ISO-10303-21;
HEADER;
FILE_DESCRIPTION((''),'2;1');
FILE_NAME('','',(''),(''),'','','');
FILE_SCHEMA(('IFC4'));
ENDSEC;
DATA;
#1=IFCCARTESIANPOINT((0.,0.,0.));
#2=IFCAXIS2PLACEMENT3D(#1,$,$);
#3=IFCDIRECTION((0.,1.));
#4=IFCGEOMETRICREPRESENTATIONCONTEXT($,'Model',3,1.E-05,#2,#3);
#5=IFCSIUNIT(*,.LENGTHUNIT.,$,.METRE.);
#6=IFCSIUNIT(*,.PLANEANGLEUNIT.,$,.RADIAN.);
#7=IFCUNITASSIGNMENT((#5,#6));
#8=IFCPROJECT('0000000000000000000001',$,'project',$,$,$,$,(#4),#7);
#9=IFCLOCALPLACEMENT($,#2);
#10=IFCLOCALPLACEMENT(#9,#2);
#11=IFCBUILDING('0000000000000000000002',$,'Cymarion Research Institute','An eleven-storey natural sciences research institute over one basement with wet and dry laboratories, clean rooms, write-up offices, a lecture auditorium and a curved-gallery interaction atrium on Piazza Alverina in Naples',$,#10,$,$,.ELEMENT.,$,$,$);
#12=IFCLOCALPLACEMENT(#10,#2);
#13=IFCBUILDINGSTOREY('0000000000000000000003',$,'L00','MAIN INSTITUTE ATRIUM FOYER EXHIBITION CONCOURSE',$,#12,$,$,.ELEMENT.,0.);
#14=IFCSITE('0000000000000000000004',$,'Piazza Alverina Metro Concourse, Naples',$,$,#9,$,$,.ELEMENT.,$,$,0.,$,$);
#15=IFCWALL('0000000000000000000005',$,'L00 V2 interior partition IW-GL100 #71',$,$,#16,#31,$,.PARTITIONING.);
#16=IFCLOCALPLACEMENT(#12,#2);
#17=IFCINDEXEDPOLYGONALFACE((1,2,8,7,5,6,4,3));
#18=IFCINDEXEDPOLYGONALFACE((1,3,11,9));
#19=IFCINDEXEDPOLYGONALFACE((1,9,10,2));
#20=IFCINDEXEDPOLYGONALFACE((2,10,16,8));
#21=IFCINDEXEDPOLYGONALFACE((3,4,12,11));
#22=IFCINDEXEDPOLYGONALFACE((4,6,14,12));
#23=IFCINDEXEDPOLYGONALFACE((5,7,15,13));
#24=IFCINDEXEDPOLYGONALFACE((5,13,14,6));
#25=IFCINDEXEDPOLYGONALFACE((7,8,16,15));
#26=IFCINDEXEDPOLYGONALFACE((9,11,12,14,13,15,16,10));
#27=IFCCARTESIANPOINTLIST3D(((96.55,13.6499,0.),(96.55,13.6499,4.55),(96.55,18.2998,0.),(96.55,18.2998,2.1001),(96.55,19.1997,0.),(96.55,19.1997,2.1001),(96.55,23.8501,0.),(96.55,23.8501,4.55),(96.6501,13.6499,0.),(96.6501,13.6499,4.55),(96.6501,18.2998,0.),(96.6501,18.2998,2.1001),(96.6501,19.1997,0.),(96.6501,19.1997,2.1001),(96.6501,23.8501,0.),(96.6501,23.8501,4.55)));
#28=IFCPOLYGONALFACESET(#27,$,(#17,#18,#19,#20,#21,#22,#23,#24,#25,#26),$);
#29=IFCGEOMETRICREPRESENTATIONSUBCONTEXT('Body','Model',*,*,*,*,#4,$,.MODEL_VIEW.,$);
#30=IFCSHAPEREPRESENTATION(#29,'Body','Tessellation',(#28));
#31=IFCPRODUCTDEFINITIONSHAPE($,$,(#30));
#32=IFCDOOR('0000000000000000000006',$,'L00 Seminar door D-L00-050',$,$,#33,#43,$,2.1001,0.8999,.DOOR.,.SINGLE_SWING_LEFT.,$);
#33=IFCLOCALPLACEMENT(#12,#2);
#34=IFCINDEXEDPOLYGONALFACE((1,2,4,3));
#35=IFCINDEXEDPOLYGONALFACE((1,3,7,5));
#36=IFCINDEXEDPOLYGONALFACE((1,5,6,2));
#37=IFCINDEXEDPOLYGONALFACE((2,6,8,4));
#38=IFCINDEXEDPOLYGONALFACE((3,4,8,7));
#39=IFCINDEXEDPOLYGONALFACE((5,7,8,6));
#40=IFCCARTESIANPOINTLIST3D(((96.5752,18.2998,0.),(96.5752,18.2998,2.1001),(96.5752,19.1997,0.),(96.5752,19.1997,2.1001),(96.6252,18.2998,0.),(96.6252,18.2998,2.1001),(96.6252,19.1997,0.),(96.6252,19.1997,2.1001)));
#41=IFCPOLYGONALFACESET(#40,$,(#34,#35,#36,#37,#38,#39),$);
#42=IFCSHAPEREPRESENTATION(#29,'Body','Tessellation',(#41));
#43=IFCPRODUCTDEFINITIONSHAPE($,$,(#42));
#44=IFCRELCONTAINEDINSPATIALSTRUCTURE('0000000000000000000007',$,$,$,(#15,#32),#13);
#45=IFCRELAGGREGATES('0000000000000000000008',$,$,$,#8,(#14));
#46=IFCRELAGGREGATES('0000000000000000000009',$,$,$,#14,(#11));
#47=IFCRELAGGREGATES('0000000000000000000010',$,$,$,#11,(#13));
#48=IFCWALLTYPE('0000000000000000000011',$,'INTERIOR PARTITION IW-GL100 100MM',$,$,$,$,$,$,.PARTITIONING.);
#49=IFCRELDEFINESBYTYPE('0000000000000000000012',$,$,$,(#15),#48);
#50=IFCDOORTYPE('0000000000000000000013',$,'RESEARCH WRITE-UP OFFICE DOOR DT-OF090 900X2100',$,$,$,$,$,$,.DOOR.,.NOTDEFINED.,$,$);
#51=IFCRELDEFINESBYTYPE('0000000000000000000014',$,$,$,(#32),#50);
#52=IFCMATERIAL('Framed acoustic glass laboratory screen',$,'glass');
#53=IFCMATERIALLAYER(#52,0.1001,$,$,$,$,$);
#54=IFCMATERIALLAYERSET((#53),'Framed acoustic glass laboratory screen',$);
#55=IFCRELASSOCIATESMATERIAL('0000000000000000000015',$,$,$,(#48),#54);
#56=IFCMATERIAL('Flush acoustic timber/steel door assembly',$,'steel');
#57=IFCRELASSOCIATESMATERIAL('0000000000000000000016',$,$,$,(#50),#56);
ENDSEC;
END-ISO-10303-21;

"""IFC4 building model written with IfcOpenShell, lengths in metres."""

from ifc_helpers import new_model, si_unit, direction, frame, frame_2d, origin, place, context, subcontext, project, spatial, rectangle, extrude, material, layer, layer_set, type_object, element, fill, save


model = new_model("IFC4")

# Units and contexts
model_context = context("Model", 3, precision=1e-05, world=origin(), true_north=direction((0.0, 1.0)))
body_context = subcontext(model_context, "Body", "Model", "MODEL_VIEW")
ifc_project = project(units=[si_unit("LENGTHUNIT", "METRE"), si_unit("PLANEANGLEUNIT", "RADIAN")], contexts=[model_context])

# Site, building, storey
site_placement = place(None, origin())
site = spatial("IfcSite", under=ifc_project, at=site_placement, Name="Piazza Alverina Metro Concourse, Naples", CompositionType="ELEMENT", RefElevation=0.0)
building_placement = place(site_placement, origin())
building = spatial("IfcBuilding", under=site, at=building_placement, Name="Cymarion Research Institute", Description="An eleven-storey natural sciences research institute over one basement with wet and dry laboratories, clean rooms, write-up offices, a lecture auditorium and a curved-gallery interaction atrium on Piazza Alverina in Naples", CompositionType="ELEMENT")
storey_placement = place(building_placement, origin())
storey = spatial("IfcBuildingStorey", under=building, at=storey_placement, Name="L00", Description="MAIN INSTITUTE ATRIUM FOYER EXHIBITION CONCOURSE", CompositionType="ELEMENT", Elevation=0.0)

# Wall, opening, door
ifc_material_1 = material(Name="Framed acoustic glass laboratory screen", Category="glass")
ifc_layer_1 = layer(ifc_material_1, 0.1001)
ifc_layer_set_1 = layer_set([ifc_layer_1], Name="Framed acoustic glass laboratory screen")
wall_type_1 = type_object("IfcWallType", Name="INTERIOR PARTITION IW-GL100 100MM", PredefinedType="PARTITIONING", material=ifc_layer_set_1)
ifc_material_2 = material(Name="Flush acoustic timber/steel door assembly", Category="steel")
wall_1_placement = place(storey_placement, frame((96.6001, 13.6499, 0.0), z_axis=(0.0, 0.0, 1.0), x_axis=(0.0, 1.0, 0.0)))
wall_1 = element("IfcWall", 1, at=wall_1_placement, inside=storey, type_object=wall_type_1, Name="L00 V2 interior partition IW-GL100 #71", PredefinedType="PARTITIONING", context=body_context, shape_type="SweptSolid", body=[
    extrude(rectangle(XDim=10.2002, YDim=0.1001, at=frame_2d((5.1001, 0.0))), origin(), (0.0, 0.0, 1.0), 4.55),
])
opening_1_placement = place(wall_1_placement, frame((4.6499, 0.0, 0.0)))
opening_1 = element("IfcOpeningElement", 2, at=opening_1_placement, cuts=wall_1, PredefinedType="OPENING", context=body_context, shape_type="SweptSolid", body=[
    extrude(rectangle(XDim=0.8999, YDim=2.1001, at=frame_2d((0.45, 1.05))), frame((0.0, 0.0601, 0.0), z_axis=(0.0, -1.0, 0.0), x_axis=(1.0, 0.0, 0.0)), (0.0, 0.0, 1.0), 0.1201),
])
door_type_1 = type_object("IfcDoorType", Name="RESEARCH WRITE-UP OFFICE DOOR DT-OF090 900X2100", OperationType="NOTDEFINED", PredefinedType="DOOR", material=ifc_material_2)
door_1_placement = place(opening_1_placement, origin())
door_1 = element("IfcDoor", 3, at=door_1_placement, inside=storey, type_object=door_type_1, Name="L00 Seminar door D-L00-050", OperationType="SINGLE_SWING_LEFT", OverallHeight=2.1001, OverallWidth=0.8999, PredefinedType="DOOR", context=body_context, shape_type="SweptSolid", body=[
    extrude(rectangle(XDim=0.8999, YDim=2.1001, at=frame_2d((0.45, 1.05))), frame((0.0, 0.0249, 0.0), z_axis=(0.0, -1.0, 0.0), x_axis=(1.0, 0.0, 0.0)), (0.0, 0.0, 1.0), 0.05),
])
fill(opening_1, door_1)

save(model, "model.ifc")
